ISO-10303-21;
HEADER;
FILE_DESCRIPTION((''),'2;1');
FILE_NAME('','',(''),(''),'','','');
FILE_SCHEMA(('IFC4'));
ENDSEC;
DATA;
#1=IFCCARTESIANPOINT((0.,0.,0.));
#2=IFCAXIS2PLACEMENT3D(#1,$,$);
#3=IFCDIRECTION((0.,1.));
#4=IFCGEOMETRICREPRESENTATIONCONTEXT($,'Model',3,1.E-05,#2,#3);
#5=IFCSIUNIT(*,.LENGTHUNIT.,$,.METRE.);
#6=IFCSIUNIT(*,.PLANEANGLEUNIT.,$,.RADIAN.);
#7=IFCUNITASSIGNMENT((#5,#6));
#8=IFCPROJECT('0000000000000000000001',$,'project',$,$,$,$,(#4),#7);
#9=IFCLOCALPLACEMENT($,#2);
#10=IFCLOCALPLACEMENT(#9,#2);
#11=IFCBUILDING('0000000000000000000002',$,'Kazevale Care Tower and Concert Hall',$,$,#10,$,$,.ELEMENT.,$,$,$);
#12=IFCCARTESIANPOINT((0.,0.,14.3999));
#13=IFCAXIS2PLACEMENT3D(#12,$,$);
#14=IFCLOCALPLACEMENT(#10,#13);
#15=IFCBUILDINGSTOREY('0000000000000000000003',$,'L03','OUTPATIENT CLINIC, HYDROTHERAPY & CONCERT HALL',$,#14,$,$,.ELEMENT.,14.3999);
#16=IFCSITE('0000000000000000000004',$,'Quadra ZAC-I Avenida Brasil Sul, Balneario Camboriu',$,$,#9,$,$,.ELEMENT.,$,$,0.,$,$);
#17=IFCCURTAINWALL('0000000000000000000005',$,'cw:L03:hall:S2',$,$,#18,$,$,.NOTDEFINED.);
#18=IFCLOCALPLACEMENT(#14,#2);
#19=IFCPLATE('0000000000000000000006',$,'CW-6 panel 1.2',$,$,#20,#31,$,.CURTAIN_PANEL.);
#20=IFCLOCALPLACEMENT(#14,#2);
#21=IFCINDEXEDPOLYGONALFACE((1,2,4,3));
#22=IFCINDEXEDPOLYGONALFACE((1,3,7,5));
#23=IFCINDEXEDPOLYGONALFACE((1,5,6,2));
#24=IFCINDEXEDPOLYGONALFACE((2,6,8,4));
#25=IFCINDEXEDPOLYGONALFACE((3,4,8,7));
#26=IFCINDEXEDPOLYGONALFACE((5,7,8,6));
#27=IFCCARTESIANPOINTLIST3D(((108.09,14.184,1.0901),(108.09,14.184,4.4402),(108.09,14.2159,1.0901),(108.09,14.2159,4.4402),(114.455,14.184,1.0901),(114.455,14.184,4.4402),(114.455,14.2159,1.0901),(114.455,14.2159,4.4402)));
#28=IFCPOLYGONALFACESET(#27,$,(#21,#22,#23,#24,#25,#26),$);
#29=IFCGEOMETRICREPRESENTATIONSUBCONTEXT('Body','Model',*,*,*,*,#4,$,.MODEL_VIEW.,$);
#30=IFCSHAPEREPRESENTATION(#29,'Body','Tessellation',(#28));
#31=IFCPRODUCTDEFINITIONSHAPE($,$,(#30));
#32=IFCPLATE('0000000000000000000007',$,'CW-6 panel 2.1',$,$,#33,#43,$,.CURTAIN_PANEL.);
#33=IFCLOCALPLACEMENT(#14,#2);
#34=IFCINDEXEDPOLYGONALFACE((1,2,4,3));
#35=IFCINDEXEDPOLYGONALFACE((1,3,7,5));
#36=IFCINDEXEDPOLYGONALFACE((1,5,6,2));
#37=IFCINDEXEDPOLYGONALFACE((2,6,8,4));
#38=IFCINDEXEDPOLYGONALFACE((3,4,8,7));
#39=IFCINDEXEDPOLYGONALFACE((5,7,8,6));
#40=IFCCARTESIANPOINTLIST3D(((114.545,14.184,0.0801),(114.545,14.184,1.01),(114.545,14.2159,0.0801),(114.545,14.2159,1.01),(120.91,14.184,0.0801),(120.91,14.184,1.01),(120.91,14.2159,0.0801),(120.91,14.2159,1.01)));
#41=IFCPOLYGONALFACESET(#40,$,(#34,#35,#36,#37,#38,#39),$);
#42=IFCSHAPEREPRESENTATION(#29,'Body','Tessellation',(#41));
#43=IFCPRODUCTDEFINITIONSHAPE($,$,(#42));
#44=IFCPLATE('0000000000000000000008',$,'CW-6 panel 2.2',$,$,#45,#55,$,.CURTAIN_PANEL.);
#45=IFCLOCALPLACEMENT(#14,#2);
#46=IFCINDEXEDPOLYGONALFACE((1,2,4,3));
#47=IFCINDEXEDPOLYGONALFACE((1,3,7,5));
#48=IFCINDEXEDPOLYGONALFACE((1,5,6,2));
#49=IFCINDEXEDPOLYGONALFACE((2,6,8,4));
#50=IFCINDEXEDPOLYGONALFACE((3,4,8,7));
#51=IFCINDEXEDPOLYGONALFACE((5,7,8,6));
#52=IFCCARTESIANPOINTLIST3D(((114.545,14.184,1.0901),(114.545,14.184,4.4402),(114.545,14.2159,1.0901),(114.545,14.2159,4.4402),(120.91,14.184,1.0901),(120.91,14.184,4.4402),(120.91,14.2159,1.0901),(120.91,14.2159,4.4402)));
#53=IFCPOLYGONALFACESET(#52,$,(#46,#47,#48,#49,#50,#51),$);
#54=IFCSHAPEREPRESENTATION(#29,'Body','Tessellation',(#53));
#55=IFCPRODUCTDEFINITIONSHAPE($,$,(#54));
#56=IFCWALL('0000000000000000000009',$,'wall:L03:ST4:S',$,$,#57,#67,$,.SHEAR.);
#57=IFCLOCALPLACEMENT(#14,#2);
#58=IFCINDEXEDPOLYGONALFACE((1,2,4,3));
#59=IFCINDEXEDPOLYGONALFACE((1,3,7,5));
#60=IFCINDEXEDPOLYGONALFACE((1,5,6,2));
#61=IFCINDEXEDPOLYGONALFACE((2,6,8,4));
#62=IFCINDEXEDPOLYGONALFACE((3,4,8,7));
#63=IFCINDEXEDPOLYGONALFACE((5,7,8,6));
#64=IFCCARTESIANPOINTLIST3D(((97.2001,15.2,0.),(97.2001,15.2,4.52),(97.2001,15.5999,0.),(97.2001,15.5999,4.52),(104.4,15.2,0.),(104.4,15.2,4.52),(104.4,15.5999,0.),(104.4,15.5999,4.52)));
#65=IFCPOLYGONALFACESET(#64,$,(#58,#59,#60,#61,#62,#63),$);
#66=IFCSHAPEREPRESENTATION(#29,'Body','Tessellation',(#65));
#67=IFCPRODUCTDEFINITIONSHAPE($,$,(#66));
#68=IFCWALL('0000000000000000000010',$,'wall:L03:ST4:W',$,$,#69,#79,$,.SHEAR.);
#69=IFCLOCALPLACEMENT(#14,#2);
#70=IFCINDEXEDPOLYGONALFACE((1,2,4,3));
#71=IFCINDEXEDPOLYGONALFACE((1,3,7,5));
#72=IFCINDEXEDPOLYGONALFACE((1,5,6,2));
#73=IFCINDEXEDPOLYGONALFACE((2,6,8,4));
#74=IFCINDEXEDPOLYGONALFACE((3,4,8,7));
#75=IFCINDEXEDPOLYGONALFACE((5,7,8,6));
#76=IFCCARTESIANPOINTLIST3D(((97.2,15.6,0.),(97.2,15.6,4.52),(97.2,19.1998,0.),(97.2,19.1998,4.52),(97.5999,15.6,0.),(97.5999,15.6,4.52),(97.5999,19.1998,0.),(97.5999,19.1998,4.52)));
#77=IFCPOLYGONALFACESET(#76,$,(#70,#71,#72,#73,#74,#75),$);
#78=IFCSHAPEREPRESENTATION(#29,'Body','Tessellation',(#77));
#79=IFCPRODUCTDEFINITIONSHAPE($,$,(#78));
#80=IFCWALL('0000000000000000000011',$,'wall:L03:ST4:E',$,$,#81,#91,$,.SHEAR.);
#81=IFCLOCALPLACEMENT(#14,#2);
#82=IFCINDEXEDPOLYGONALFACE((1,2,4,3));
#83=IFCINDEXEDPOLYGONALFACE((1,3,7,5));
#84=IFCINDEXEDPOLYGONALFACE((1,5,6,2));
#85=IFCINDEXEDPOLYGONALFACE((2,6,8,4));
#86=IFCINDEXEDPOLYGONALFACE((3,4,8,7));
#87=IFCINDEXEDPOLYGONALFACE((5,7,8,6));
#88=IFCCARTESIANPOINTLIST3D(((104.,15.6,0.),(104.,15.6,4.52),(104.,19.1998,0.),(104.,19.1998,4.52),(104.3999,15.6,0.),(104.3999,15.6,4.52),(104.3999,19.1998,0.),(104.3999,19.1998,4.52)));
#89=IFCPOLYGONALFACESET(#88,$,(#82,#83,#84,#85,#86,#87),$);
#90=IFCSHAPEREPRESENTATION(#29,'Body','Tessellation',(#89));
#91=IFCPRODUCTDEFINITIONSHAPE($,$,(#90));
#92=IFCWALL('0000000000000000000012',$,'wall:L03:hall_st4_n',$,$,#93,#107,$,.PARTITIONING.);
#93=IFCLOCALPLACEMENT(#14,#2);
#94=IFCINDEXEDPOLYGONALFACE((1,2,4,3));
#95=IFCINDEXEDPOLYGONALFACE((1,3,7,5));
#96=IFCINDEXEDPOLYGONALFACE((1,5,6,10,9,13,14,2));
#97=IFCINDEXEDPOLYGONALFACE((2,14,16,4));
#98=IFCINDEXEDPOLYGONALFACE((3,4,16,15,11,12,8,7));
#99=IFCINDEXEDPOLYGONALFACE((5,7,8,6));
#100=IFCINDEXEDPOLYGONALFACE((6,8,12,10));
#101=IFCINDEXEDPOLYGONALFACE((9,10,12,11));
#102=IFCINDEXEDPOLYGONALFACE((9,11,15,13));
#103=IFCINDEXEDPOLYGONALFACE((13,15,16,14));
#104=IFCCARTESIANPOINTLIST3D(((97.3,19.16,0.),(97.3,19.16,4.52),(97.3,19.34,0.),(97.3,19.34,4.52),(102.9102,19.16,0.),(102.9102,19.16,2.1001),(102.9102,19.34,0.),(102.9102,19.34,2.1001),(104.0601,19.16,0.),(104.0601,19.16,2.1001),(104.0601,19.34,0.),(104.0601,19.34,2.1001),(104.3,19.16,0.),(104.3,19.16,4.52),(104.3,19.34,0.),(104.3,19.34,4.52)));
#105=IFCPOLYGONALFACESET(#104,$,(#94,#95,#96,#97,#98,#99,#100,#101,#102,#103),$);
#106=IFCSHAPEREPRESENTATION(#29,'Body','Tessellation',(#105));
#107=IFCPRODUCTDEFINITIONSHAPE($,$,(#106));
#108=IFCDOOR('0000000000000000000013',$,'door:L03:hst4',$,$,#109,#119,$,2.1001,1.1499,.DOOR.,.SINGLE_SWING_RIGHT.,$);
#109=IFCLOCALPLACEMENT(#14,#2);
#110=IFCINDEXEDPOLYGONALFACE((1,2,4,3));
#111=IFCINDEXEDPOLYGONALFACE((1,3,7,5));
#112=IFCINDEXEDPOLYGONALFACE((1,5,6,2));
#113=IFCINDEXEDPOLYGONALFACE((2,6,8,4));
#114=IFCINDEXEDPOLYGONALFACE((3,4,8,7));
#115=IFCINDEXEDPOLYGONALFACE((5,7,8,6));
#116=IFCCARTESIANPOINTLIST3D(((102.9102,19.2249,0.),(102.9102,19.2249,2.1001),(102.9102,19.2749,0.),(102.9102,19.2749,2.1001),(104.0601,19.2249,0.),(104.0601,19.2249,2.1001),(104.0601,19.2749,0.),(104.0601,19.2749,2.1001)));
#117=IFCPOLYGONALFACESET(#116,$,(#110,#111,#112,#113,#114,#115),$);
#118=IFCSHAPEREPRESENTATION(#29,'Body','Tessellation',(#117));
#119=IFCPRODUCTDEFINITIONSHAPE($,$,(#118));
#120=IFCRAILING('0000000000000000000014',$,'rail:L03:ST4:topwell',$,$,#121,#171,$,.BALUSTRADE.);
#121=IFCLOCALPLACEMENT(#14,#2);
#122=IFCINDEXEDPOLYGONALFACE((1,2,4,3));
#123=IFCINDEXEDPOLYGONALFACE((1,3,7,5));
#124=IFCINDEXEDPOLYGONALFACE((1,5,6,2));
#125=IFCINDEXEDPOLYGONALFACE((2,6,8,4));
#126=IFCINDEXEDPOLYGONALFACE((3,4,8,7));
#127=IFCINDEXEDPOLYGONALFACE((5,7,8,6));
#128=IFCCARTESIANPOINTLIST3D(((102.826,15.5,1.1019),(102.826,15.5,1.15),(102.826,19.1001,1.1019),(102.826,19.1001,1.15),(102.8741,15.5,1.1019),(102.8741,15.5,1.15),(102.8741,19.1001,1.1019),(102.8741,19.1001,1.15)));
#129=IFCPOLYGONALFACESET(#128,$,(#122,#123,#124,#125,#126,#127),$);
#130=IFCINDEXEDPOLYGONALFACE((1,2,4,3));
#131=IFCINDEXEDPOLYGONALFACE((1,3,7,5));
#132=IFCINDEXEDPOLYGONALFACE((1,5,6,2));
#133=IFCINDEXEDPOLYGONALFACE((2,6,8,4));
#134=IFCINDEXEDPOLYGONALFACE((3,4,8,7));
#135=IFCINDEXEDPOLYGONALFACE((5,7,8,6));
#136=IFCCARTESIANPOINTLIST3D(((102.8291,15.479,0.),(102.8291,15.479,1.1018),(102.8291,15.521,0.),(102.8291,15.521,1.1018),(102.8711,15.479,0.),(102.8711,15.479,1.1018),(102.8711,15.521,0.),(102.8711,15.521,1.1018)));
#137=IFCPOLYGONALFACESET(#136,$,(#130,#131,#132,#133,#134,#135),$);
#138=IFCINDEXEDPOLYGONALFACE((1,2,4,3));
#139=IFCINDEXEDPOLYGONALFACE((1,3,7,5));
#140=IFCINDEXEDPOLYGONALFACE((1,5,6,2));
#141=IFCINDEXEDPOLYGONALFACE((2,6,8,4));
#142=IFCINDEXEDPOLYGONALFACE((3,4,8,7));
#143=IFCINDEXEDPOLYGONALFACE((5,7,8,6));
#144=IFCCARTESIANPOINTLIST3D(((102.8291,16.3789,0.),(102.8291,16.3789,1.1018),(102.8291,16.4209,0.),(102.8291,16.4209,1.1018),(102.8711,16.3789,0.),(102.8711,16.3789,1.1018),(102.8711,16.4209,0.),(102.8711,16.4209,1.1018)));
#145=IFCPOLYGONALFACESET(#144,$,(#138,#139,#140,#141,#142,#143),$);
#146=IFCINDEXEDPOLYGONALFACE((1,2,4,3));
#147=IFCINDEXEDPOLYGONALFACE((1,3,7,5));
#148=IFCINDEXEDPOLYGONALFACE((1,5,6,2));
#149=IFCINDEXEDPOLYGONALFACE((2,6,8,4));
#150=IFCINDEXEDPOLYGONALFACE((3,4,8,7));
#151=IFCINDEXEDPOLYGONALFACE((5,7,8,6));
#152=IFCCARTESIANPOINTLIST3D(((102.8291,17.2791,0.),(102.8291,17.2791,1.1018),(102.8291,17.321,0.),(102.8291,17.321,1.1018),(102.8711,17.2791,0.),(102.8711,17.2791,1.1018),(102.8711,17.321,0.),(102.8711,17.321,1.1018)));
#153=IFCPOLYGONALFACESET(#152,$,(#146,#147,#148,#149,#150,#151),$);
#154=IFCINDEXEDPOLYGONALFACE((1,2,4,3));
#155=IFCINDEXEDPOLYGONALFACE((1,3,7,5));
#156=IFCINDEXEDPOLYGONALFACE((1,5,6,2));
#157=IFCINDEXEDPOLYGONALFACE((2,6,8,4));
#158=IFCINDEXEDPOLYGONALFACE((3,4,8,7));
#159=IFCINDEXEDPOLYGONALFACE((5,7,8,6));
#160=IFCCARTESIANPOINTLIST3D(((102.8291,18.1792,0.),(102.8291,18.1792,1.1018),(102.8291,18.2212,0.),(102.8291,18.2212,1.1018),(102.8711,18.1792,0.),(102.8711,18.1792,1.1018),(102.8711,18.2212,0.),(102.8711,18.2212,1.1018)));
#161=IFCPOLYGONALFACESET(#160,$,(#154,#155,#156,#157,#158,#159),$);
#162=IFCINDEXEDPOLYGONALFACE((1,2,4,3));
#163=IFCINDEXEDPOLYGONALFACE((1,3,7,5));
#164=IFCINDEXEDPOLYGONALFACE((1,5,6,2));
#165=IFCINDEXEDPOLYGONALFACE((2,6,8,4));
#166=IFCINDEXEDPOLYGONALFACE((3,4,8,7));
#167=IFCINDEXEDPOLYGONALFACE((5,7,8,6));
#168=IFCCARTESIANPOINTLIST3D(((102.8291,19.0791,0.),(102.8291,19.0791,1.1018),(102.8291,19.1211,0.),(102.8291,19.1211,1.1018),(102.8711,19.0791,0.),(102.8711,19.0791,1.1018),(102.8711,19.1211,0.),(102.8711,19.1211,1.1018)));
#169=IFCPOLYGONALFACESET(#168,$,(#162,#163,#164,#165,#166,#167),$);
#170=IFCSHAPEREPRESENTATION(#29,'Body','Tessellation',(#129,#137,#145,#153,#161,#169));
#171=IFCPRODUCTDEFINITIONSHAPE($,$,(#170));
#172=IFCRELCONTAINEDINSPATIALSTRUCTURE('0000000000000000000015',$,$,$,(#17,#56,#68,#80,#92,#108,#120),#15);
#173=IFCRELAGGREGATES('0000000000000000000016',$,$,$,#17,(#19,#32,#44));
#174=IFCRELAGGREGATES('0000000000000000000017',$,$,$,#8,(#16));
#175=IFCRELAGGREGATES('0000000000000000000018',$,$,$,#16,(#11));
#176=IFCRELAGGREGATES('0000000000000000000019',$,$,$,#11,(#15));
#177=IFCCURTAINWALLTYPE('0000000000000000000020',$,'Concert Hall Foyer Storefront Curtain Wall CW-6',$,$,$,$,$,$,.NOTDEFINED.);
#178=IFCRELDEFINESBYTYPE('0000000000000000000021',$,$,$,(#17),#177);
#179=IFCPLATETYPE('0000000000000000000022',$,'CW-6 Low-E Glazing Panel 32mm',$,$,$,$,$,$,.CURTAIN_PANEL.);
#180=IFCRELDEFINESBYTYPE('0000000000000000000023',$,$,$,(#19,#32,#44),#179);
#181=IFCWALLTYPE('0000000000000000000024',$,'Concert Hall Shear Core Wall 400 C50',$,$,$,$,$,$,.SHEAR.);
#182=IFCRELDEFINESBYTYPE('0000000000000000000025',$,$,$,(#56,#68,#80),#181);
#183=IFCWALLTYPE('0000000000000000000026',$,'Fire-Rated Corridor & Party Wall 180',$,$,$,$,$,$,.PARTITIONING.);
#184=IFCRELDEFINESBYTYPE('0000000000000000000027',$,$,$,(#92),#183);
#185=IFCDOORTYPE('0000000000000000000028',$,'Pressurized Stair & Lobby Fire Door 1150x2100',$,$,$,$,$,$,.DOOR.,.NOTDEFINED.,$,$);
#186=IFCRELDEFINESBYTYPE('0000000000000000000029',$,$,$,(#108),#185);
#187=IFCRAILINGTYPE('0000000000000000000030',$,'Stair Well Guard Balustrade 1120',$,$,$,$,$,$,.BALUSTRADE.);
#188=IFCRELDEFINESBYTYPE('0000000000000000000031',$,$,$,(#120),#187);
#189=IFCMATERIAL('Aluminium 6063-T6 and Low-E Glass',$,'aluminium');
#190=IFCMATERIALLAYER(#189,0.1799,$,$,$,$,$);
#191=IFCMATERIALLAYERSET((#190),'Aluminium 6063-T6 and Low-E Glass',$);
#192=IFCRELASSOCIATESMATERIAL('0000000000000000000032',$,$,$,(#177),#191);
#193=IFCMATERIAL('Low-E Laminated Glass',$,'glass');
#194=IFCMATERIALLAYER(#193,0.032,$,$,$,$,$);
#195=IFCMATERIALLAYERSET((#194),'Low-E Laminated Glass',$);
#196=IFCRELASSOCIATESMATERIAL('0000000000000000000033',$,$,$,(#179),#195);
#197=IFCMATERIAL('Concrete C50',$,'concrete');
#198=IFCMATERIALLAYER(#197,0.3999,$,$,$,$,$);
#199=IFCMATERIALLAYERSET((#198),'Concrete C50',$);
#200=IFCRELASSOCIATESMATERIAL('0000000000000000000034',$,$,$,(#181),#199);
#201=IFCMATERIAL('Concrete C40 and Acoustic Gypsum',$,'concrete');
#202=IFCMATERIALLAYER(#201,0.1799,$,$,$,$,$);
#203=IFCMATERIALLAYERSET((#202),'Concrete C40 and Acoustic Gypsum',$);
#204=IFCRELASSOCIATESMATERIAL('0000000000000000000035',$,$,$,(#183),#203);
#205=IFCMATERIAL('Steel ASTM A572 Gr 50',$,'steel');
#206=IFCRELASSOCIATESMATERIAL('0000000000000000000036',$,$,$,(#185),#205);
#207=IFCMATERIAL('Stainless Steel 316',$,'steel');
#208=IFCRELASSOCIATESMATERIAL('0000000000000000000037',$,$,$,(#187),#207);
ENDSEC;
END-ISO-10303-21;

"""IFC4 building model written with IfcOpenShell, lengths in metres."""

from ifc_helpers import new_model, si_unit, direction, frame, frame_2d, origin, origin_2d, place, context, subcontext, project, spatial, rectangle, extrude, material, layer, layer_set, type_object, element, fill, aggregate, save


model = new_model("IFC4")

# Units and contexts
model_context = context("Model", 3, precision=1e-05, world=origin(), true_north=direction((0.0, 1.0)))
body_context = subcontext(model_context, "Body", "Model", "MODEL_VIEW")
ifc_project = project(units=[si_unit("LENGTHUNIT", "METRE"), si_unit("PLANEANGLEUNIT", "RADIAN")], contexts=[model_context])

# Site, building, storey
site_placement = place(None, origin())
site = spatial("IfcSite", under=ifc_project, at=site_placement, Name="Quadra ZAC-I Avenida Brasil Sul, Balneario Camboriu", CompositionType="ELEMENT", RefElevation=0.0)
building_placement = place(site_placement, origin())
building = spatial("IfcBuilding", under=site, at=building_placement, Name="Kazevale Care Tower and Concert Hall", CompositionType="ELEMENT")
storey_placement = place(building_placement, frame((0.0, 0.0, 14.3999)))
storey = spatial("IfcBuildingStorey", under=building, at=storey_placement, Name="L03", Description="OUTPATIENT CLINIC, HYDROTHERAPY & CONCERT HALL", CompositionType="ELEMENT", Elevation=14.3999)

# Shared definitions
ifc_material_1 = material(Name="Concrete C50", Category="concrete")

# Curtain wall
ifc_material_2 = material(Name="Aluminium 6063-T6 and Low-E Glass", Category="aluminium")
ifc_layer_1 = layer(ifc_material_2, 0.1799)
ifc_layer_set_1 = layer_set([ifc_layer_1], Name="Aluminium 6063-T6 and Low-E Glass")
curtain_wall_type = type_object("IfcCurtainWallType", Name="Concert Hall Foyer Storefront Curtain Wall CW-6", PredefinedType="NOTDEFINED", material=ifc_layer_set_1)
curtain_wall_1_placement = place(storey_placement, origin())
curtain_wall_1 = element("IfcCurtainWall", 1, at=curtain_wall_1_placement, inside=storey, type_object=curtain_wall_type, Name="cw:L03:hall:S2", PredefinedType="NOTDEFINED")

# Shared definitions
ifc_material_3 = material(Name="Steel ASTM A572 Gr 50", Category="steel")

# Plates
ifc_material_4 = material(Name="Low-E Laminated Glass", Category="glass")
ifc_layer_2 = layer(ifc_material_4, 0.032)
ifc_layer_set_2 = layer_set([ifc_layer_2], Name="Low-E Laminated Glass")
plate_type = type_object("IfcPlateType", Name="CW-6 Low-E Glazing Panel 32mm", PredefinedType="CURTAIN_PANEL", material=ifc_layer_set_2)
plate_1_placement = place(storey_placement, frame((111.2725, 14.2, 1.0901), z_axis=(0.0, 0.0, 1.0), x_axis=(1.0, 0.0, 0.0)))
plate_1 = element("IfcPlate", 2, at=plate_1_placement, type_object=plate_type, Name="CW-6 panel 1.2", PredefinedType="CURTAIN_PANEL", context=body_context, shape_type="SweptSolid", body=[
    extrude(rectangle(XDim=6.365, YDim=0.032, at=origin_2d()), origin(), (0.0, 0.0, 1.0), 3.3501),
])
plate_2_placement = place(storey_placement, frame((117.7275, 14.2, 0.0801), z_axis=(0.0, 0.0, 1.0), x_axis=(1.0, 0.0, 0.0)))
plate_2 = element("IfcPlate", 3, at=plate_2_placement, type_object=plate_type, Name="CW-6 panel 2.1", PredefinedType="CURTAIN_PANEL", context=body_context, shape_type="SweptSolid", body=[
    extrude(rectangle(XDim=6.365, YDim=0.032, at=origin_2d()), origin(), (0.0, 0.0, 1.0), 0.9299),
])
plate_3_placement = place(storey_placement, frame((117.7275, 14.2, 1.0901), z_axis=(0.0, 0.0, 1.0), x_axis=(1.0, 0.0, 0.0)))
plate_3 = element("IfcPlate", 4, at=plate_3_placement, type_object=plate_type, Name="CW-6 panel 2.2", PredefinedType="CURTAIN_PANEL", context=body_context, shape_type="SweptSolid", body=[
    extrude(rectangle(XDim=6.365, YDim=0.032, at=origin_2d()), origin(), (0.0, 0.0, 1.0), 3.3501),
])
aggregate(curtain_wall_1, [plate_1, plate_2, plate_3])

# Walls
ifc_layer_3 = layer(ifc_material_1, 0.3999)
ifc_layer_set_3 = layer_set([ifc_layer_3], Name="Concrete C50")
wall_type_1 = type_object("IfcWallType", Name="Concert Hall Shear Core Wall 400 C50", PredefinedType="SHEAR", material=ifc_layer_set_3)
wall_1_placement = place(storey_placement, frame((97.2, 15.3999, 0.0), z_axis=(0.0, 0.0, 1.0), x_axis=(1.0, 0.0, 0.0)))
element("IfcWall", 5, at=wall_1_placement, inside=storey, type_object=wall_type_1, Name="wall:L03:ST4:S", PredefinedType="SHEAR", context=body_context, shape_type="SweptSolid", body=[
    extrude(rectangle(XDim=7.2, YDim=0.3999, at=frame_2d((3.6001, 0.0))), origin(), (0.0, 0.0, 1.0), 4.52),
])
for number, where, z_axis, x_axis, name in (
    (6, (97.3999, 15.6001, 0.0), (0.0, 0.0, 1.0), (0.0, 1.0, 0.0), "wall:L03:ST4:W"),
    (7, (104.2, 15.6001, 0.0), (0.0, 0.0, 1.0), (0.0, 1.0, 0.0), "wall:L03:ST4:E"),
):
    element("IfcWall", number, at=place(storey_placement, frame(where, z_axis=z_axis, x_axis=x_axis)), inside=storey, type_object=wall_type_1, Name=name, PredefinedType="SHEAR", context=body_context, shape_type="SweptSolid", body=[
        extrude(rectangle(XDim=3.5999, YDim=0.3999, at=frame_2d((1.7998, 0.0))), origin(), (0.0, 0.0, 1.0), 4.52),
    ])

# Wall, opening, door
ifc_material_5 = material(Name="Concrete C40 and Acoustic Gypsum", Category="concrete")
ifc_layer_4 = layer(ifc_material_5, 0.1799)
ifc_layer_set_4 = layer_set([ifc_layer_4], Name="Concrete C40 and Acoustic Gypsum")
wall_type_2 = type_object("IfcWallType", Name="Fire-Rated Corridor & Party Wall 180", PredefinedType="PARTITIONING", material=ifc_layer_set_4)
wall_2_placement = place(storey_placement, frame((97.3, 19.25, 0.0), z_axis=(0.0, 0.0, 1.0), x_axis=(1.0, 0.0, 0.0)))
wall_2 = element("IfcWall", 8, at=wall_2_placement, inside=storey, type_object=wall_type_2, Name="wall:L03:hall_st4_n", PredefinedType="PARTITIONING", context=body_context, shape_type="SweptSolid", body=[
    extrude(rectangle(XDim=7.0, YDim=0.1799, at=frame_2d((3.5, 0.0))), origin(), (0.0, 0.0, 1.0), 4.52),
])
opening_placement = place(wall_2_placement, frame((5.6101, 0.0, 0.0)))
opening = element("IfcOpeningElement", 9, at=opening_placement, cuts=wall_2, PredefinedType="OPENING", context=body_context, shape_type="SweptSolid", body=[
    extrude(rectangle(XDim=1.1499, YDim=2.1001, at=frame_2d((0.575, 1.05))), frame((0.0, 0.0999, 0.0), z_axis=(0.0, -1.0, 0.0), x_axis=(1.0, 0.0, 0.0)), (0.0, 0.0, 1.0), 0.2),
])
door_type = type_object("IfcDoorType", Name="Pressurized Stair & Lobby Fire Door 1150x2100", OperationType="NOTDEFINED", PredefinedType="DOOR", material=ifc_material_3)
door_placement = place(opening_placement, origin())
door = element("IfcDoor", 10, at=door_placement, inside=storey, type_object=door_type, Name="door:L03:hst4", OperationType="SINGLE_SWING_RIGHT", OverallHeight=2.1001, OverallWidth=1.1499, PredefinedType="DOOR", context=body_context, shape_type="SweptSolid", body=[
    extrude(rectangle(XDim=1.1499, YDim=2.1001, at=frame_2d((0.575, 1.05))), frame((0.0, 0.0249, 0.0), z_axis=(0.0, -1.0, 0.0), x_axis=(1.0, 0.0, 0.0)), (0.0, 0.0, 1.0), 0.05),
])
fill(opening, door)

# Railing
ifc_material_6 = material(Name="Stainless Steel 316", Category="steel")
railing_type = type_object("IfcRailingType", Name="Stair Well Guard Balustrade 1120", PredefinedType="BALUSTRADE", material=ifc_material_6)
railing_placement = place(storey_placement, frame((102.8501, 15.5, 0.0)))
element("IfcRailing", 11, at=railing_placement, inside=storey, type_object=railing_type, Name="rail:L03:ST4:topwell", PredefinedType="BALUSTRADE", context=body_context, shape_type="SweptSolid", body=[
    extrude(rectangle(XDim=0.0481, YDim=0.0481, at=origin_2d()), frame((0.0, 0.0, 1.126), z_axis=(0.0, 1.0, 0.0), x_axis=(-1.0, 0.0, 0.0)), (0.0, 0.0, 1.0), 3.6001),
    extrude(rectangle(XDim=0.042, YDim=0.042, at=origin_2d()), origin(), (0.0, 0.0, 1.0), 1.1018),
    extrude(rectangle(XDim=0.042, YDim=0.042, at=origin_2d()), frame((0.0, 0.8999, 0.0)), (0.0, 0.0, 1.0), 1.1018),
    extrude(rectangle(XDim=0.042, YDim=0.042, at=origin_2d()), frame((0.0, 1.8, 0.0)), (0.0, 0.0, 1.0), 1.1018),
    extrude(rectangle(XDim=0.042, YDim=0.042, at=origin_2d()), frame((0.0, 2.7002, 0.0)), (0.0, 0.0, 1.0), 1.1018),
    extrude(rectangle(XDim=0.042, YDim=0.042, at=origin_2d()), frame((0.0, 3.6001, 0.0)), (0.0, 0.0, 1.0), 1.1018),
])

save(model, "model.ifc")
